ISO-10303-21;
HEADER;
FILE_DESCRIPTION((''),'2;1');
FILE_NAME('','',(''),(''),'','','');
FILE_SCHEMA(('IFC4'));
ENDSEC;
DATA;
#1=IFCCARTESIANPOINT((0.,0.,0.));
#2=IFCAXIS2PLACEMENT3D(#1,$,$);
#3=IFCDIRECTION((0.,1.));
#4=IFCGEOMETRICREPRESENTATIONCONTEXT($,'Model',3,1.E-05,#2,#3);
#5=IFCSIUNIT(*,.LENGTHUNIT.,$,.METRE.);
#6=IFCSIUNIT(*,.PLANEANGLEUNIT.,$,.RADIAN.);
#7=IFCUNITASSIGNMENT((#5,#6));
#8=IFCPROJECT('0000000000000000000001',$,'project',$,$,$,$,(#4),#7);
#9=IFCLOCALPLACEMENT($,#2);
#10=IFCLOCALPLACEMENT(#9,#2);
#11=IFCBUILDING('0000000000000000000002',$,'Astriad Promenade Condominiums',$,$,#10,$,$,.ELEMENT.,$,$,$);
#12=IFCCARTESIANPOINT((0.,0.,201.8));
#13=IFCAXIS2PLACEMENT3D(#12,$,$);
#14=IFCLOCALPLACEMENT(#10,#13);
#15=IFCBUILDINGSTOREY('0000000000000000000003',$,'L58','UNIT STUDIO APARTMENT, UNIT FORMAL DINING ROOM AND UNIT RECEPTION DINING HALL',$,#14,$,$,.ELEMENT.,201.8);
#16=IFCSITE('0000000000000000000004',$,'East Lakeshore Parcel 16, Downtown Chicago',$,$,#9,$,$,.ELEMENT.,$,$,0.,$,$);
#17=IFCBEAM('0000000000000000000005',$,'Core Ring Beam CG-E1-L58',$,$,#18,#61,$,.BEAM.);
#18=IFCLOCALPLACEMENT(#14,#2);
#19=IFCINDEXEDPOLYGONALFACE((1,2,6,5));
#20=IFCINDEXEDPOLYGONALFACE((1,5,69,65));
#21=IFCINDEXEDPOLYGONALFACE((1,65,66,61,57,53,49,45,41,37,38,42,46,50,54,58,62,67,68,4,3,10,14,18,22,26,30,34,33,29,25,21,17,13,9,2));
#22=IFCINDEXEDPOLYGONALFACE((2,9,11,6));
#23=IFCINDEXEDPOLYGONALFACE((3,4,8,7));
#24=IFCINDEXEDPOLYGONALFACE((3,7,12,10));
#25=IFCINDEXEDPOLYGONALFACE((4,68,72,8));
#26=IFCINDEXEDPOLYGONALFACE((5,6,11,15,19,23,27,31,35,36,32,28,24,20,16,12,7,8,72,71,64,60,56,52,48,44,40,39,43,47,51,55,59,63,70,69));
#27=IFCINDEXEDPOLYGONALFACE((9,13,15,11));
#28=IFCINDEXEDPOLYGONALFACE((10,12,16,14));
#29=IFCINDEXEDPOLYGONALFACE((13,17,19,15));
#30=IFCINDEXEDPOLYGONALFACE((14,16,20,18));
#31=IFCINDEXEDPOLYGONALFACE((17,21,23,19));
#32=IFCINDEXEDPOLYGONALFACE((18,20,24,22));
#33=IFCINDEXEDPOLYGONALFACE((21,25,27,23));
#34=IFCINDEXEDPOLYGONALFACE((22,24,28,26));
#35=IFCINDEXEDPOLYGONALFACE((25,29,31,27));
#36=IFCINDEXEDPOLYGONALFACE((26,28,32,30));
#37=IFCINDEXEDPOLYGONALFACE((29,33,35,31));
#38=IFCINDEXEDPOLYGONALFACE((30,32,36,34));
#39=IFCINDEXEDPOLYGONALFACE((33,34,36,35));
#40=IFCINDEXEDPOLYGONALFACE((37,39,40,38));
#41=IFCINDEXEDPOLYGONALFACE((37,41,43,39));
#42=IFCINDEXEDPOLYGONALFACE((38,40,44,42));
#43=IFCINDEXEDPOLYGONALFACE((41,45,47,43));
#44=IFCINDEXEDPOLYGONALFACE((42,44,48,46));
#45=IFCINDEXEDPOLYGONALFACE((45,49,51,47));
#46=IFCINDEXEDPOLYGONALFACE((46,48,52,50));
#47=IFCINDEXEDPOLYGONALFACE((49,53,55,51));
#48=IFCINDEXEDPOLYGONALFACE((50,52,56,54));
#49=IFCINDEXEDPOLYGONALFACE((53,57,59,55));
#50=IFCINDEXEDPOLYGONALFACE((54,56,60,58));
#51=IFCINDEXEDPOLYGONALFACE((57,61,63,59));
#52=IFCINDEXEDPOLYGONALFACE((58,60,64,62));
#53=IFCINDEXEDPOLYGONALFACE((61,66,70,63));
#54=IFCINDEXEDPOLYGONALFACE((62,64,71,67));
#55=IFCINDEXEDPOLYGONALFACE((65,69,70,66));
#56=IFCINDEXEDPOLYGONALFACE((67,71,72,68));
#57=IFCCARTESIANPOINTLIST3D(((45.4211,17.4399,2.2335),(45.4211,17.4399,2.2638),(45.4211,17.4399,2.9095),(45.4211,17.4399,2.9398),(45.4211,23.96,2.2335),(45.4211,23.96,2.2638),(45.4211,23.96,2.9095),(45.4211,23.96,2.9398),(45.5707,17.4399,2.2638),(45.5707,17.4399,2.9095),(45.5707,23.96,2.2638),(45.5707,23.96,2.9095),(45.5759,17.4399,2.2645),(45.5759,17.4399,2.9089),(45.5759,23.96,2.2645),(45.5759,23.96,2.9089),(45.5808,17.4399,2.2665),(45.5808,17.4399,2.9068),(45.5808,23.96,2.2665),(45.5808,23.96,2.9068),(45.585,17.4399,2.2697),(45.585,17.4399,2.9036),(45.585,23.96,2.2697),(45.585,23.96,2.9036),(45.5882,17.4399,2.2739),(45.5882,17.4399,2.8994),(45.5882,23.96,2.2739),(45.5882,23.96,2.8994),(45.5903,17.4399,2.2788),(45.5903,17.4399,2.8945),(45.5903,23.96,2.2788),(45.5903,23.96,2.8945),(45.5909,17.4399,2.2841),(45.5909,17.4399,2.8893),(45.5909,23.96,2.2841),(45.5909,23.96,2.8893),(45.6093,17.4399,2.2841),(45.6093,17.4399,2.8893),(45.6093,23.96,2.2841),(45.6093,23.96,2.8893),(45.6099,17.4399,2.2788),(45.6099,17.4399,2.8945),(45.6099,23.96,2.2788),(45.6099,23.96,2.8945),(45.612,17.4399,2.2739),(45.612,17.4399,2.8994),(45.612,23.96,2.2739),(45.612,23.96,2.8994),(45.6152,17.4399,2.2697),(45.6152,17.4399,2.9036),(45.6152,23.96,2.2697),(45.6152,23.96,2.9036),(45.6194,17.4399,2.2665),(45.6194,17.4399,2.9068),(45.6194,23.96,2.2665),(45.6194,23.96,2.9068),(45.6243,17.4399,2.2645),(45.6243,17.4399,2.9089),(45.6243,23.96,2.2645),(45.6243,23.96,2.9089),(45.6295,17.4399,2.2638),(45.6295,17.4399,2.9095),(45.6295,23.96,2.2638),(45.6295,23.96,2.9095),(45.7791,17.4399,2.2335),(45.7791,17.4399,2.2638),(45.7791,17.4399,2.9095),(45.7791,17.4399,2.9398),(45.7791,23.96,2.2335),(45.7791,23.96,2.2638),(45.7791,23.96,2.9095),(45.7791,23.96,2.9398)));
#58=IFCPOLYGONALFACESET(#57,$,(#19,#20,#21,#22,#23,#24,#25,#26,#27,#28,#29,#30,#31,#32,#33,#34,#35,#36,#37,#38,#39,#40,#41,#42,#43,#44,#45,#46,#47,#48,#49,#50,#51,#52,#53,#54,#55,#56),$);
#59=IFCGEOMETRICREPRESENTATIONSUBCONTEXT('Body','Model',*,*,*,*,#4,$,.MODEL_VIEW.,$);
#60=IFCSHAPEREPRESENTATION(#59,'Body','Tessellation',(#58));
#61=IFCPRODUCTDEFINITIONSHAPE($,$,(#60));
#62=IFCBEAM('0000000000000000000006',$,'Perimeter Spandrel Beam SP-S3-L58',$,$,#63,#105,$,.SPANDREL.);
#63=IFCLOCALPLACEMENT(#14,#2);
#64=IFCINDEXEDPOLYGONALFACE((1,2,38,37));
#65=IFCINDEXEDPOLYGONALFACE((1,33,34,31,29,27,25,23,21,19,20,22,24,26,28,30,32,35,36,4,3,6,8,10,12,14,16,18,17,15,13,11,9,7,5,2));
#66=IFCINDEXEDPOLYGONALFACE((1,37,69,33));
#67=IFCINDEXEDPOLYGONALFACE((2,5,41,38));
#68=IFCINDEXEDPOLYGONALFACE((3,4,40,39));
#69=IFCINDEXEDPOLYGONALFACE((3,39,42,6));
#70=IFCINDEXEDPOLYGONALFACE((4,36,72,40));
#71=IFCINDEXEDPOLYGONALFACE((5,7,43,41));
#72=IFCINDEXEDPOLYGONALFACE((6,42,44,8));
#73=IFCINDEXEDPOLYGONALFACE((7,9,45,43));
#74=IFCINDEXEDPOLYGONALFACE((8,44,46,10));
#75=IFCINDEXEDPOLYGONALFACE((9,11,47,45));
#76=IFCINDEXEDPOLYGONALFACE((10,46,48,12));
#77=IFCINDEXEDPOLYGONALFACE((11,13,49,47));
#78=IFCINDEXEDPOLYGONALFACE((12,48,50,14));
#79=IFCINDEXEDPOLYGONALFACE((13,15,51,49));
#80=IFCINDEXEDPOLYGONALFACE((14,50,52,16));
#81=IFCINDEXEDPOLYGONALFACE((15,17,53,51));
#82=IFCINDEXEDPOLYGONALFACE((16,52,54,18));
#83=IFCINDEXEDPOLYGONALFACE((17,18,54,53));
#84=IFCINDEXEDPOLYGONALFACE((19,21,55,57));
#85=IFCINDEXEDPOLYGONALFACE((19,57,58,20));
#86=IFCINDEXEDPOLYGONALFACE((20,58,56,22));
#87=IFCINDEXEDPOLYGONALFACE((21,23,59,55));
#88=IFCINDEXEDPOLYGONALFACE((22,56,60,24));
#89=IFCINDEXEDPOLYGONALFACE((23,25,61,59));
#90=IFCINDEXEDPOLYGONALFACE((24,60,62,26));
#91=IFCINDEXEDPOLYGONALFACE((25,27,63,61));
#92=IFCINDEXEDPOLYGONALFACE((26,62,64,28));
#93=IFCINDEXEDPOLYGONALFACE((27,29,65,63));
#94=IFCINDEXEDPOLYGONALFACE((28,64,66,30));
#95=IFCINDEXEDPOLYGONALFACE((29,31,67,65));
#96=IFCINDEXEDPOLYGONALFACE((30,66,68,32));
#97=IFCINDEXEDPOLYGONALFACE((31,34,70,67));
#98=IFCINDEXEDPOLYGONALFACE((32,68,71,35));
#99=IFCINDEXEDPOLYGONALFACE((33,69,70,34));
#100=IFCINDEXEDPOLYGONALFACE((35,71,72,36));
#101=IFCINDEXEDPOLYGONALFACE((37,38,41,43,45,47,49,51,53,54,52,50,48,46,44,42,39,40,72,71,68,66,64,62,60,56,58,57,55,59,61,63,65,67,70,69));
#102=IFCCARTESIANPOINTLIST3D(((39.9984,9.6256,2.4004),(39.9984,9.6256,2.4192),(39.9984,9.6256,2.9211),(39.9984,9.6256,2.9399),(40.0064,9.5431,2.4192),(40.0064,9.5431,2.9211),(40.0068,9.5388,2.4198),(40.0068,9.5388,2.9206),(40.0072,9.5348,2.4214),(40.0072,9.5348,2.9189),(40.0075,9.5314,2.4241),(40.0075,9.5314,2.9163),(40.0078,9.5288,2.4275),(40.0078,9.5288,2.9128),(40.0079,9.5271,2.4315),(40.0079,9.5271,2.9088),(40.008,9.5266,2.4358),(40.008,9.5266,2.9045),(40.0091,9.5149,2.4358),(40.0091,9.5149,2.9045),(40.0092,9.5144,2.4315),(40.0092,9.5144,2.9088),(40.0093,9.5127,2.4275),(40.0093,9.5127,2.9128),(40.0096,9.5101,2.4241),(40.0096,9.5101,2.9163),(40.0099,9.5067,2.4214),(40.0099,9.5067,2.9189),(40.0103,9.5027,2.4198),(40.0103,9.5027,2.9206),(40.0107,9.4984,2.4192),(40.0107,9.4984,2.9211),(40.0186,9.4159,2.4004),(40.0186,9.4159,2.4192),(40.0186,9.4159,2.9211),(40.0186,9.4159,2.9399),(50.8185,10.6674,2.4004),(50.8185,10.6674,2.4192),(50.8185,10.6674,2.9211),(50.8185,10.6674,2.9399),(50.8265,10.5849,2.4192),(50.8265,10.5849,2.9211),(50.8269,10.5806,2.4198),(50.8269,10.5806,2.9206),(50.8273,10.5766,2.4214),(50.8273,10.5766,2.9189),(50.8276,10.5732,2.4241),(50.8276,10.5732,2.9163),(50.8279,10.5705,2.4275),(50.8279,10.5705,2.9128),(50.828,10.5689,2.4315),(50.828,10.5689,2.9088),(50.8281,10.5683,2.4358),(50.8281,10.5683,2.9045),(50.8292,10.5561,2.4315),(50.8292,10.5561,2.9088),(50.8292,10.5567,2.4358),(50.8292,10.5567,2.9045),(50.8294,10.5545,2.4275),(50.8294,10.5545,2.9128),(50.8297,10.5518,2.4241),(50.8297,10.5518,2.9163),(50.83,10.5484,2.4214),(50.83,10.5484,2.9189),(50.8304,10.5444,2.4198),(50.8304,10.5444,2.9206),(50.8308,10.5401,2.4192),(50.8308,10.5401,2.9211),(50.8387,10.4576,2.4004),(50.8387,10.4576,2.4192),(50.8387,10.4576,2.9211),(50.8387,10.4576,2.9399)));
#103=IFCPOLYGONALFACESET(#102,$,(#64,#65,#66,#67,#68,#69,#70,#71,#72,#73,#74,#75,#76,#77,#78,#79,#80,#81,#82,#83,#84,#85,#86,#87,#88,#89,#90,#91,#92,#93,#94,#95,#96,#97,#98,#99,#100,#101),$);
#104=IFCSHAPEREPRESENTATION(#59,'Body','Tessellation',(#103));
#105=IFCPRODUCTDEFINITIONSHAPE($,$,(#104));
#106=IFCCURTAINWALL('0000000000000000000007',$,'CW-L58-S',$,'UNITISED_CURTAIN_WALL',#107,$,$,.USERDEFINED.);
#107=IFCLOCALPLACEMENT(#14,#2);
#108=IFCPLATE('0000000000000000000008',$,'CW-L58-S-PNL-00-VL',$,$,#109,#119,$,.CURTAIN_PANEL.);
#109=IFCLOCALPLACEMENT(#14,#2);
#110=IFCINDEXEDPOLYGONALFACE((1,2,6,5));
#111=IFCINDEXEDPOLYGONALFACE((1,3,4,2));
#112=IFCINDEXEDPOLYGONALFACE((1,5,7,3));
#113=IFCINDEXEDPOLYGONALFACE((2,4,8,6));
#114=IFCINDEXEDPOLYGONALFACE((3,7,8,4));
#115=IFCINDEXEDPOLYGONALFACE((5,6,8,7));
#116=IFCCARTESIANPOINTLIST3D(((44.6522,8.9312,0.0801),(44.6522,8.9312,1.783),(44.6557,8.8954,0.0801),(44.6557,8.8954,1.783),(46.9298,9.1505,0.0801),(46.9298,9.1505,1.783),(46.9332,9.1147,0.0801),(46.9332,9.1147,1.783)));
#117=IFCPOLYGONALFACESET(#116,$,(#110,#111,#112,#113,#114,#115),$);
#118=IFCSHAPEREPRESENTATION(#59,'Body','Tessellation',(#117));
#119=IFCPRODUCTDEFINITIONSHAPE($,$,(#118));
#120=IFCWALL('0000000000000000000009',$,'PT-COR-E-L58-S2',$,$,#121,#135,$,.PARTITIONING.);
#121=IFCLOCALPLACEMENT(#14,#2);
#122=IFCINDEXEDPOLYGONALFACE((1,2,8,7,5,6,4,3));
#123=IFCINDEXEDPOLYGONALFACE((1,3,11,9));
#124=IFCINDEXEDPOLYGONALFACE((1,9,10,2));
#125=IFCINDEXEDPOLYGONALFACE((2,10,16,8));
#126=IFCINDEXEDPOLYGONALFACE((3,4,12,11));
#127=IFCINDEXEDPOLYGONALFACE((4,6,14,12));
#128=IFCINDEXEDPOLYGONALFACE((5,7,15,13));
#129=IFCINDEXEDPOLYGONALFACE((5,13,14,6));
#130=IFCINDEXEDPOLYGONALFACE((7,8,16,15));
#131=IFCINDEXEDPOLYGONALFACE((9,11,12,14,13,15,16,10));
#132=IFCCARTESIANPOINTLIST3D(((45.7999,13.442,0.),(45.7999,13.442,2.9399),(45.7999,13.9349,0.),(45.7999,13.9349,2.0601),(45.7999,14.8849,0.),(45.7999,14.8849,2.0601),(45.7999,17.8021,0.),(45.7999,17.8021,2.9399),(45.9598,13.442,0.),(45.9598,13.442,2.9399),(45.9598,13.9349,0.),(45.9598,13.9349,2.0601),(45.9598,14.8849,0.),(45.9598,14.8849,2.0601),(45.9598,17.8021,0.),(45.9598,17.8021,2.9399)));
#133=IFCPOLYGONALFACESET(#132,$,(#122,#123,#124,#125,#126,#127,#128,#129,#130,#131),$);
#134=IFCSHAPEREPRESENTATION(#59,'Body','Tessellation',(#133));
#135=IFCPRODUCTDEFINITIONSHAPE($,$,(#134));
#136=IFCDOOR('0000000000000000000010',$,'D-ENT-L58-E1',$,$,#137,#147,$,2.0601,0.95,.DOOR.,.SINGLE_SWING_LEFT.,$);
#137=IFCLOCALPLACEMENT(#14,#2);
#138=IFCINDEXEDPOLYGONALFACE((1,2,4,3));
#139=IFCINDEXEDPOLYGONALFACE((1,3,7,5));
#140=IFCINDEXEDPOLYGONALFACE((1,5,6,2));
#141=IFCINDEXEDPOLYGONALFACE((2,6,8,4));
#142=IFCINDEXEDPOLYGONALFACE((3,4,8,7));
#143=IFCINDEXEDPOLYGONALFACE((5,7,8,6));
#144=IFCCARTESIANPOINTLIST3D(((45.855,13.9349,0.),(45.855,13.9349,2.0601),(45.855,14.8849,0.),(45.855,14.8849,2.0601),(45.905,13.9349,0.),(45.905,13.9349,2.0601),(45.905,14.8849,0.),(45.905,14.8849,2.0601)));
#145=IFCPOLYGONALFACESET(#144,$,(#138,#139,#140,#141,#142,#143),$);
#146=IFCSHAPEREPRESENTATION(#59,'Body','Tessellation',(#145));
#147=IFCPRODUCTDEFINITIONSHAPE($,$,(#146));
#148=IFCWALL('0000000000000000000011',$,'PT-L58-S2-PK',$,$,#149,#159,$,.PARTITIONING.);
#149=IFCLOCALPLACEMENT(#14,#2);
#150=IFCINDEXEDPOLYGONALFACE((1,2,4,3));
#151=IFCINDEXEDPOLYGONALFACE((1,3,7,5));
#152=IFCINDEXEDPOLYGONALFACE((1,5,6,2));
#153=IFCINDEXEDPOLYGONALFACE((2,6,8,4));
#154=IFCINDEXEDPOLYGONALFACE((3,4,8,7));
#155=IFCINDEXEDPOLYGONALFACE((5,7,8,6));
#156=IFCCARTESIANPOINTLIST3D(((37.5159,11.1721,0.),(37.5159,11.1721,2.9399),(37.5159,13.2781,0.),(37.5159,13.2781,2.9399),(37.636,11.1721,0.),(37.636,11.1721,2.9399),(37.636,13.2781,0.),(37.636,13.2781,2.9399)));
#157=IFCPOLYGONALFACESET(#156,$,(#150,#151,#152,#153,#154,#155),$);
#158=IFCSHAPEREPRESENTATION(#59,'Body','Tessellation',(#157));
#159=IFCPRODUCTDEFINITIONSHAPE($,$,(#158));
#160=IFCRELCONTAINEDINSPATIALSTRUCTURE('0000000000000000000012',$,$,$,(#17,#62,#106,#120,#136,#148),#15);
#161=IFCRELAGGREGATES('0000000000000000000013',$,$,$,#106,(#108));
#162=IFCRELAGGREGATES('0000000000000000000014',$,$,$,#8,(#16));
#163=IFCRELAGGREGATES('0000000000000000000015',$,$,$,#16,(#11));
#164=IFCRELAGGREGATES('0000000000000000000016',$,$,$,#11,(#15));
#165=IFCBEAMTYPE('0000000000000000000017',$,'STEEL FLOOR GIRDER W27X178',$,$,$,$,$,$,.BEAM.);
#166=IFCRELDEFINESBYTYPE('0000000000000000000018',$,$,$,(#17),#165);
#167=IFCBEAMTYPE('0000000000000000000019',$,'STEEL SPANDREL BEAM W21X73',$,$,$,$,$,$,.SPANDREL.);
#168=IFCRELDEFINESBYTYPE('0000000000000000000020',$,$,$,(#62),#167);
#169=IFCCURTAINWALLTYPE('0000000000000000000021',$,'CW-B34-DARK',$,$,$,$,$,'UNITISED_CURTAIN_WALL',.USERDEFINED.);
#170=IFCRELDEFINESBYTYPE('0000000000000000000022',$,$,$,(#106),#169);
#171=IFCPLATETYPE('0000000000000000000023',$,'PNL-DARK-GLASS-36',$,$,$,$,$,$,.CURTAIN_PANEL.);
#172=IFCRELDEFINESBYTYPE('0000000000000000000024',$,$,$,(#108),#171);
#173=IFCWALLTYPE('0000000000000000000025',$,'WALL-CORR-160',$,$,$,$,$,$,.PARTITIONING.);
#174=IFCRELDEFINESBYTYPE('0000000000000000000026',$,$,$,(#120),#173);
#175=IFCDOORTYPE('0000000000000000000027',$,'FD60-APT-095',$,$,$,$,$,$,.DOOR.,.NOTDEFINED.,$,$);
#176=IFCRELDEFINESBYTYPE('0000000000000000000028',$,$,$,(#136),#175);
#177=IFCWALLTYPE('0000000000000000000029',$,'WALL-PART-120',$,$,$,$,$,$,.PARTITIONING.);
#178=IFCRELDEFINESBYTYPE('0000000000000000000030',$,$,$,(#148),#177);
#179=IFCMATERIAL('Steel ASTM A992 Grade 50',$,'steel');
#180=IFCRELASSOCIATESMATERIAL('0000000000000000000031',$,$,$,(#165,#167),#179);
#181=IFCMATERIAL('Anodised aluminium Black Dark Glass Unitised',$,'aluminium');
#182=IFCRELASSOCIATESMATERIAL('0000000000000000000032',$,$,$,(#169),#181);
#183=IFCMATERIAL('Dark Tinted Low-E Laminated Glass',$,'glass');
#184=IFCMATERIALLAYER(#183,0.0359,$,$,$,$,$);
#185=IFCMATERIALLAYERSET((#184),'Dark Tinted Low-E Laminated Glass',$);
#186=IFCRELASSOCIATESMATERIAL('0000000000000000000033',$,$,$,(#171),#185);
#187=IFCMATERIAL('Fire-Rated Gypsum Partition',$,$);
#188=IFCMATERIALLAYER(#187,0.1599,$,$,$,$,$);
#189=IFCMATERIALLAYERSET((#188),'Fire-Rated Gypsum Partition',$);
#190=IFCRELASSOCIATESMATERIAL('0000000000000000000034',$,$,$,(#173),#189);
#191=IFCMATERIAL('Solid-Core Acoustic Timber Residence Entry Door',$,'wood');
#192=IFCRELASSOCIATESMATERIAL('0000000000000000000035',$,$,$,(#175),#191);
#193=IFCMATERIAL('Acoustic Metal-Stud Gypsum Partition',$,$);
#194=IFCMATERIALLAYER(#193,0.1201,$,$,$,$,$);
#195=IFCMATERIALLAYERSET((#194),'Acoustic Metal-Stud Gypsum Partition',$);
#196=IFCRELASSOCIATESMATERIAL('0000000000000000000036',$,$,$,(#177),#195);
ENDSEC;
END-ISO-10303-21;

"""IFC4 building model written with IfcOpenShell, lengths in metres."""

from ifc_helpers import new_model, si_unit, direction, frame, frame_2d, origin, origin_2d, place, context, subcontext, project, spatial, rectangle, i_section, extrude, source, transform, mapped, material, layer, layer_set, material_profile, profile_set, type_object, type_shapes, element, fill, aggregate, save


model = new_model("IFC4")

# Units and contexts
model_context = context("Model", 3, precision=1e-05, world=origin(), true_north=direction((0.0, 1.0)))
body_context = subcontext(model_context, "Body", "Model", "MODEL_VIEW")
ifc_project = project(units=[si_unit("LENGTHUNIT", "METRE"), si_unit("PLANEANGLEUNIT", "RADIAN")], contexts=[model_context])

# Site, building, storey
site_placement = place(None, origin())
site = spatial("IfcSite", under=ifc_project, at=site_placement, Name="East Lakeshore Parcel 16, Downtown Chicago", CompositionType="ELEMENT", RefElevation=0.0)
building_placement = place(site_placement, origin())
building = spatial("IfcBuilding", under=site, at=building_placement, Name="Astriad Promenade Condominiums", CompositionType="ELEMENT")
storey_placement = place(building_placement, frame((0.0, 0.0, 201.8)))
storey = spatial("IfcBuildingStorey", under=building, at=storey_placement, Name="L58", Description="UNIT STUDIO APARTMENT, UNIT FORMAL DINING ROOM AND UNIT RECEPTION DINING HALL", CompositionType="ELEMENT", Elevation=201.8)

# Shared definitions
ifc_material_1 = material(Name="Steel ASTM A992 Grade 50", Category="steel")

# Beams
ifc_material_profile_1 = material_profile(ifc_material_1, i_section(OverallWidth=0.3579, OverallDepth=0.7063, WebThickness=0.0183, FlangeThickness=0.0303, FilletRadius=0.0203, at=origin_2d()), Name="W27X178")
ifc_profile_set_1 = profile_set([ifc_material_profile_1], Name="Steel ASTM A992 Grade 50")
beam_type_1 = type_object("IfcBeamType", Name="STEEL FLOOR GIRDER W27X178", PredefinedType="BEAM", material=ifc_profile_set_1)
shared_shape_1 = source(origin(), body_context, "Body", "SweptSolid", [
    extrude(i_section(OverallWidth=0.3579, OverallDepth=0.7063, WebThickness=0.0183, FlangeThickness=0.0303, FilletRadius=0.0203, at=origin_2d()), origin(), (0.0, 0.0, 1.0), 6.52),
])
type_shapes(beam_type_1, [shared_shape_1])
beam_1_placement = place(storey_placement, frame((45.6001, 17.4399, 2.5867), z_axis=(0.0, 1.0, 0.0), x_axis=(-1.0, 0.0, 0.0)))
element("IfcBeam", 1, at=beam_1_placement, inside=storey, type_object=beam_type_1, Name="Core Ring Beam CG-E1-L58", PredefinedType="BEAM", context=body_context, shape_type="MappedRepresentation", body=[
    mapped(shared_shape_1, transform((0.0, 0.0, 0.0), scale=1.0)),
])
ifc_material_profile_2 = material_profile(ifc_material_1, i_section(OverallWidth=0.2107, OverallDepth=0.5396, WebThickness=0.0117, FlangeThickness=0.0188, FilletRadius=0.0166, at=origin_2d()), Name="W21X73")
ifc_profile_set_2 = profile_set([ifc_material_profile_2], Name="Steel ASTM A992 Grade 50")
beam_type_2 = type_object("IfcBeamType", Name="STEEL SPANDREL BEAM W21X73", PredefinedType="SPANDREL", material=ifc_profile_set_2)
shared_shape_2 = source(origin(), body_context, "Body", "SweptSolid", [
    extrude(i_section(OverallWidth=0.2107, OverallDepth=0.5396, WebThickness=0.0117, FlangeThickness=0.0188, FilletRadius=0.0166, at=origin_2d()), origin(), (0.0, 0.0, 1.0), 10.8701),
])
type_shapes(beam_type_2, [shared_shape_2])
beam_2_placement = place(storey_placement, frame((40.0085, 9.5208, 2.6702), z_axis=(0.995397, 0.095836, 0.0), x_axis=(-0.095836, 0.995397, 0.0)))
element("IfcBeam", 2, at=beam_2_placement, inside=storey, type_object=beam_type_2, Name="Perimeter Spandrel Beam SP-S3-L58", PredefinedType="SPANDREL", context=body_context, shape_type="MappedRepresentation", body=[
    mapped(shared_shape_2, transform((0.0, 0.0, 0.0), scale=1.0)),
])

# Curtain wall, plate
ifc_material_2 = material(Name="Anodised aluminium Black Dark Glass Unitised", Category="aluminium")
curtain_wall_type = type_object("IfcCurtainWallType", Name="CW-B34-DARK", ElementType="UNITISED_CURTAIN_WALL", PredefinedType="USERDEFINED", material=ifc_material_2)
curtain_wall_placement = place(storey_placement, origin())
curtain_wall = element("IfcCurtainWall", 3, at=curtain_wall_placement, inside=storey, type_object=curtain_wall_type, Name="CW-L58-S", ObjectType="UNITISED_CURTAIN_WALL", PredefinedType="USERDEFINED")
ifc_material_3 = material(Name="Dark Tinted Low-E Laminated Glass", Category="glass")
ifc_layer_1 = layer(ifc_material_3, 0.0359)
ifc_layer_set_1 = layer_set([ifc_layer_1], Name="Dark Tinted Low-E Laminated Glass")
plate_type = type_object("IfcPlateType", Name="PNL-DARK-GLASS-36", PredefinedType="CURTAIN_PANEL", material=ifc_layer_set_1)
shared_shape_3 = source(origin(), body_context, "Body", "SweptSolid", [
    extrude(rectangle(XDim=2.2881, YDim=0.0359, at=origin_2d()), origin(), (0.0, 0.0, 1.0), 1.7029),
])
type_shapes(plate_type, [shared_shape_3])
plate_placement = place(storey_placement, frame((45.7927, 9.0229, 0.0801), z_axis=(0.0, 0.0, 1.0), x_axis=(-0.995396, -0.095846, 0.0)))
plate = element("IfcPlate", 4, at=plate_placement, type_object=plate_type, Name="CW-L58-S-PNL-00-VL", PredefinedType="CURTAIN_PANEL", context=body_context, shape_type="MappedRepresentation", body=[
    mapped(shared_shape_3, transform((0.0, 0.0, 0.0), scale=1.0)),
])
aggregate(curtain_wall, [plate])

# Wall, opening, door
ifc_material_4 = material(Name="Fire-Rated Gypsum Partition")
ifc_layer_2 = layer(ifc_material_4, 0.1599)
ifc_layer_set_2 = layer_set([ifc_layer_2], Name="Fire-Rated Gypsum Partition")
wall_type_1 = type_object("IfcWallType", Name="WALL-CORR-160", PredefinedType="PARTITIONING", material=ifc_layer_set_2)
wall_1_placement = place(storey_placement, frame((45.8799, 13.4419, 0.0), z_axis=(0.0, 0.0, 1.0), x_axis=(0.0, 1.0, 0.0)))
wall_1 = element("IfcWall", 5, at=wall_1_placement, inside=storey, type_object=wall_type_1, Name="PT-COR-E-L58-S2", PredefinedType="PARTITIONING", context=body_context, shape_type="SweptSolid", body=[
    extrude(rectangle(XDim=4.3601, YDim=0.1599, at=frame_2d((2.1802, 0.0))), origin(), (0.0, 0.0, 1.0), 2.9399),
])
opening_1_placement = place(wall_1_placement, frame((0.4929, 0.0, 0.0)))
opening_1 = element("IfcOpeningElement", 6, at=opening_1_placement, cuts=wall_1, PredefinedType="OPENING", context=body_context, shape_type="SweptSolid", body=[
    extrude(rectangle(XDim=0.95, YDim=2.0601, at=frame_2d((0.4751, 1.03))), frame((0.0, 0.0898, 0.0), z_axis=(0.0, -1.0, 0.0), x_axis=(1.0, 0.0, 0.0)), (0.0, 0.0, 1.0), 0.1799),
])
ifc_material_5 = material(Name="Solid-Core Acoustic Timber Residence Entry Door", Category="wood")
door_type_1 = type_object("IfcDoorType", Name="FD60-APT-095", OperationType="NOTDEFINED", PredefinedType="DOOR", material=ifc_material_5)
shared_shape_4 = source(origin(), body_context, "Body", "SweptSolid", [
    extrude(rectangle(XDim=0.95, YDim=2.0601, at=frame_2d((0.4751, 1.03))), frame((0.0, 0.0249, 0.0), z_axis=(0.0, -1.0, 0.0), x_axis=(1.0, 0.0, 0.0)), (0.0, 0.0, 1.0), 0.05),
])
type_shapes(door_type_1, [shared_shape_4])
door_1_placement = place(opening_1_placement, origin())
door_1 = element("IfcDoor", 7, at=door_1_placement, inside=storey, type_object=door_type_1, Name="D-ENT-L58-E1", OperationType="SINGLE_SWING_LEFT", OverallHeight=2.0601, OverallWidth=0.95, PredefinedType="DOOR", context=body_context, shape_type="MappedRepresentation", body=[
    mapped(shared_shape_4, transform((0.0, 0.0, 0.0), scale=1.0)),
])
fill(opening_1, door_1)

# Wall
ifc_material_6 = material(Name="Acoustic Metal-Stud Gypsum Partition")
ifc_layer_3 = layer(ifc_material_6, 0.1201)
ifc_layer_set_3 = layer_set([ifc_layer_3], Name="Acoustic Metal-Stud Gypsum Partition")
wall_type_2 = type_object("IfcWallType", Name="WALL-PART-120", PredefinedType="PARTITIONING", material=ifc_layer_set_3)
wall_2_placement = place(storey_placement, frame((37.5759, 11.1721, 0.0), z_axis=(0.0, 0.0, 1.0), x_axis=(0.0, 1.0, 0.0)))
element("IfcWall", 8, at=wall_2_placement, inside=storey, type_object=wall_type_2, Name="PT-L58-S2-PK", PredefinedType="PARTITIONING", context=body_context, shape_type="SweptSolid", body=[
    extrude(rectangle(XDim=2.106, YDim=0.1201, at=frame_2d((1.053, 0.0))), origin(), (0.0, 0.0, 1.0), 2.9399),
])

save(model, "model.ifc")
